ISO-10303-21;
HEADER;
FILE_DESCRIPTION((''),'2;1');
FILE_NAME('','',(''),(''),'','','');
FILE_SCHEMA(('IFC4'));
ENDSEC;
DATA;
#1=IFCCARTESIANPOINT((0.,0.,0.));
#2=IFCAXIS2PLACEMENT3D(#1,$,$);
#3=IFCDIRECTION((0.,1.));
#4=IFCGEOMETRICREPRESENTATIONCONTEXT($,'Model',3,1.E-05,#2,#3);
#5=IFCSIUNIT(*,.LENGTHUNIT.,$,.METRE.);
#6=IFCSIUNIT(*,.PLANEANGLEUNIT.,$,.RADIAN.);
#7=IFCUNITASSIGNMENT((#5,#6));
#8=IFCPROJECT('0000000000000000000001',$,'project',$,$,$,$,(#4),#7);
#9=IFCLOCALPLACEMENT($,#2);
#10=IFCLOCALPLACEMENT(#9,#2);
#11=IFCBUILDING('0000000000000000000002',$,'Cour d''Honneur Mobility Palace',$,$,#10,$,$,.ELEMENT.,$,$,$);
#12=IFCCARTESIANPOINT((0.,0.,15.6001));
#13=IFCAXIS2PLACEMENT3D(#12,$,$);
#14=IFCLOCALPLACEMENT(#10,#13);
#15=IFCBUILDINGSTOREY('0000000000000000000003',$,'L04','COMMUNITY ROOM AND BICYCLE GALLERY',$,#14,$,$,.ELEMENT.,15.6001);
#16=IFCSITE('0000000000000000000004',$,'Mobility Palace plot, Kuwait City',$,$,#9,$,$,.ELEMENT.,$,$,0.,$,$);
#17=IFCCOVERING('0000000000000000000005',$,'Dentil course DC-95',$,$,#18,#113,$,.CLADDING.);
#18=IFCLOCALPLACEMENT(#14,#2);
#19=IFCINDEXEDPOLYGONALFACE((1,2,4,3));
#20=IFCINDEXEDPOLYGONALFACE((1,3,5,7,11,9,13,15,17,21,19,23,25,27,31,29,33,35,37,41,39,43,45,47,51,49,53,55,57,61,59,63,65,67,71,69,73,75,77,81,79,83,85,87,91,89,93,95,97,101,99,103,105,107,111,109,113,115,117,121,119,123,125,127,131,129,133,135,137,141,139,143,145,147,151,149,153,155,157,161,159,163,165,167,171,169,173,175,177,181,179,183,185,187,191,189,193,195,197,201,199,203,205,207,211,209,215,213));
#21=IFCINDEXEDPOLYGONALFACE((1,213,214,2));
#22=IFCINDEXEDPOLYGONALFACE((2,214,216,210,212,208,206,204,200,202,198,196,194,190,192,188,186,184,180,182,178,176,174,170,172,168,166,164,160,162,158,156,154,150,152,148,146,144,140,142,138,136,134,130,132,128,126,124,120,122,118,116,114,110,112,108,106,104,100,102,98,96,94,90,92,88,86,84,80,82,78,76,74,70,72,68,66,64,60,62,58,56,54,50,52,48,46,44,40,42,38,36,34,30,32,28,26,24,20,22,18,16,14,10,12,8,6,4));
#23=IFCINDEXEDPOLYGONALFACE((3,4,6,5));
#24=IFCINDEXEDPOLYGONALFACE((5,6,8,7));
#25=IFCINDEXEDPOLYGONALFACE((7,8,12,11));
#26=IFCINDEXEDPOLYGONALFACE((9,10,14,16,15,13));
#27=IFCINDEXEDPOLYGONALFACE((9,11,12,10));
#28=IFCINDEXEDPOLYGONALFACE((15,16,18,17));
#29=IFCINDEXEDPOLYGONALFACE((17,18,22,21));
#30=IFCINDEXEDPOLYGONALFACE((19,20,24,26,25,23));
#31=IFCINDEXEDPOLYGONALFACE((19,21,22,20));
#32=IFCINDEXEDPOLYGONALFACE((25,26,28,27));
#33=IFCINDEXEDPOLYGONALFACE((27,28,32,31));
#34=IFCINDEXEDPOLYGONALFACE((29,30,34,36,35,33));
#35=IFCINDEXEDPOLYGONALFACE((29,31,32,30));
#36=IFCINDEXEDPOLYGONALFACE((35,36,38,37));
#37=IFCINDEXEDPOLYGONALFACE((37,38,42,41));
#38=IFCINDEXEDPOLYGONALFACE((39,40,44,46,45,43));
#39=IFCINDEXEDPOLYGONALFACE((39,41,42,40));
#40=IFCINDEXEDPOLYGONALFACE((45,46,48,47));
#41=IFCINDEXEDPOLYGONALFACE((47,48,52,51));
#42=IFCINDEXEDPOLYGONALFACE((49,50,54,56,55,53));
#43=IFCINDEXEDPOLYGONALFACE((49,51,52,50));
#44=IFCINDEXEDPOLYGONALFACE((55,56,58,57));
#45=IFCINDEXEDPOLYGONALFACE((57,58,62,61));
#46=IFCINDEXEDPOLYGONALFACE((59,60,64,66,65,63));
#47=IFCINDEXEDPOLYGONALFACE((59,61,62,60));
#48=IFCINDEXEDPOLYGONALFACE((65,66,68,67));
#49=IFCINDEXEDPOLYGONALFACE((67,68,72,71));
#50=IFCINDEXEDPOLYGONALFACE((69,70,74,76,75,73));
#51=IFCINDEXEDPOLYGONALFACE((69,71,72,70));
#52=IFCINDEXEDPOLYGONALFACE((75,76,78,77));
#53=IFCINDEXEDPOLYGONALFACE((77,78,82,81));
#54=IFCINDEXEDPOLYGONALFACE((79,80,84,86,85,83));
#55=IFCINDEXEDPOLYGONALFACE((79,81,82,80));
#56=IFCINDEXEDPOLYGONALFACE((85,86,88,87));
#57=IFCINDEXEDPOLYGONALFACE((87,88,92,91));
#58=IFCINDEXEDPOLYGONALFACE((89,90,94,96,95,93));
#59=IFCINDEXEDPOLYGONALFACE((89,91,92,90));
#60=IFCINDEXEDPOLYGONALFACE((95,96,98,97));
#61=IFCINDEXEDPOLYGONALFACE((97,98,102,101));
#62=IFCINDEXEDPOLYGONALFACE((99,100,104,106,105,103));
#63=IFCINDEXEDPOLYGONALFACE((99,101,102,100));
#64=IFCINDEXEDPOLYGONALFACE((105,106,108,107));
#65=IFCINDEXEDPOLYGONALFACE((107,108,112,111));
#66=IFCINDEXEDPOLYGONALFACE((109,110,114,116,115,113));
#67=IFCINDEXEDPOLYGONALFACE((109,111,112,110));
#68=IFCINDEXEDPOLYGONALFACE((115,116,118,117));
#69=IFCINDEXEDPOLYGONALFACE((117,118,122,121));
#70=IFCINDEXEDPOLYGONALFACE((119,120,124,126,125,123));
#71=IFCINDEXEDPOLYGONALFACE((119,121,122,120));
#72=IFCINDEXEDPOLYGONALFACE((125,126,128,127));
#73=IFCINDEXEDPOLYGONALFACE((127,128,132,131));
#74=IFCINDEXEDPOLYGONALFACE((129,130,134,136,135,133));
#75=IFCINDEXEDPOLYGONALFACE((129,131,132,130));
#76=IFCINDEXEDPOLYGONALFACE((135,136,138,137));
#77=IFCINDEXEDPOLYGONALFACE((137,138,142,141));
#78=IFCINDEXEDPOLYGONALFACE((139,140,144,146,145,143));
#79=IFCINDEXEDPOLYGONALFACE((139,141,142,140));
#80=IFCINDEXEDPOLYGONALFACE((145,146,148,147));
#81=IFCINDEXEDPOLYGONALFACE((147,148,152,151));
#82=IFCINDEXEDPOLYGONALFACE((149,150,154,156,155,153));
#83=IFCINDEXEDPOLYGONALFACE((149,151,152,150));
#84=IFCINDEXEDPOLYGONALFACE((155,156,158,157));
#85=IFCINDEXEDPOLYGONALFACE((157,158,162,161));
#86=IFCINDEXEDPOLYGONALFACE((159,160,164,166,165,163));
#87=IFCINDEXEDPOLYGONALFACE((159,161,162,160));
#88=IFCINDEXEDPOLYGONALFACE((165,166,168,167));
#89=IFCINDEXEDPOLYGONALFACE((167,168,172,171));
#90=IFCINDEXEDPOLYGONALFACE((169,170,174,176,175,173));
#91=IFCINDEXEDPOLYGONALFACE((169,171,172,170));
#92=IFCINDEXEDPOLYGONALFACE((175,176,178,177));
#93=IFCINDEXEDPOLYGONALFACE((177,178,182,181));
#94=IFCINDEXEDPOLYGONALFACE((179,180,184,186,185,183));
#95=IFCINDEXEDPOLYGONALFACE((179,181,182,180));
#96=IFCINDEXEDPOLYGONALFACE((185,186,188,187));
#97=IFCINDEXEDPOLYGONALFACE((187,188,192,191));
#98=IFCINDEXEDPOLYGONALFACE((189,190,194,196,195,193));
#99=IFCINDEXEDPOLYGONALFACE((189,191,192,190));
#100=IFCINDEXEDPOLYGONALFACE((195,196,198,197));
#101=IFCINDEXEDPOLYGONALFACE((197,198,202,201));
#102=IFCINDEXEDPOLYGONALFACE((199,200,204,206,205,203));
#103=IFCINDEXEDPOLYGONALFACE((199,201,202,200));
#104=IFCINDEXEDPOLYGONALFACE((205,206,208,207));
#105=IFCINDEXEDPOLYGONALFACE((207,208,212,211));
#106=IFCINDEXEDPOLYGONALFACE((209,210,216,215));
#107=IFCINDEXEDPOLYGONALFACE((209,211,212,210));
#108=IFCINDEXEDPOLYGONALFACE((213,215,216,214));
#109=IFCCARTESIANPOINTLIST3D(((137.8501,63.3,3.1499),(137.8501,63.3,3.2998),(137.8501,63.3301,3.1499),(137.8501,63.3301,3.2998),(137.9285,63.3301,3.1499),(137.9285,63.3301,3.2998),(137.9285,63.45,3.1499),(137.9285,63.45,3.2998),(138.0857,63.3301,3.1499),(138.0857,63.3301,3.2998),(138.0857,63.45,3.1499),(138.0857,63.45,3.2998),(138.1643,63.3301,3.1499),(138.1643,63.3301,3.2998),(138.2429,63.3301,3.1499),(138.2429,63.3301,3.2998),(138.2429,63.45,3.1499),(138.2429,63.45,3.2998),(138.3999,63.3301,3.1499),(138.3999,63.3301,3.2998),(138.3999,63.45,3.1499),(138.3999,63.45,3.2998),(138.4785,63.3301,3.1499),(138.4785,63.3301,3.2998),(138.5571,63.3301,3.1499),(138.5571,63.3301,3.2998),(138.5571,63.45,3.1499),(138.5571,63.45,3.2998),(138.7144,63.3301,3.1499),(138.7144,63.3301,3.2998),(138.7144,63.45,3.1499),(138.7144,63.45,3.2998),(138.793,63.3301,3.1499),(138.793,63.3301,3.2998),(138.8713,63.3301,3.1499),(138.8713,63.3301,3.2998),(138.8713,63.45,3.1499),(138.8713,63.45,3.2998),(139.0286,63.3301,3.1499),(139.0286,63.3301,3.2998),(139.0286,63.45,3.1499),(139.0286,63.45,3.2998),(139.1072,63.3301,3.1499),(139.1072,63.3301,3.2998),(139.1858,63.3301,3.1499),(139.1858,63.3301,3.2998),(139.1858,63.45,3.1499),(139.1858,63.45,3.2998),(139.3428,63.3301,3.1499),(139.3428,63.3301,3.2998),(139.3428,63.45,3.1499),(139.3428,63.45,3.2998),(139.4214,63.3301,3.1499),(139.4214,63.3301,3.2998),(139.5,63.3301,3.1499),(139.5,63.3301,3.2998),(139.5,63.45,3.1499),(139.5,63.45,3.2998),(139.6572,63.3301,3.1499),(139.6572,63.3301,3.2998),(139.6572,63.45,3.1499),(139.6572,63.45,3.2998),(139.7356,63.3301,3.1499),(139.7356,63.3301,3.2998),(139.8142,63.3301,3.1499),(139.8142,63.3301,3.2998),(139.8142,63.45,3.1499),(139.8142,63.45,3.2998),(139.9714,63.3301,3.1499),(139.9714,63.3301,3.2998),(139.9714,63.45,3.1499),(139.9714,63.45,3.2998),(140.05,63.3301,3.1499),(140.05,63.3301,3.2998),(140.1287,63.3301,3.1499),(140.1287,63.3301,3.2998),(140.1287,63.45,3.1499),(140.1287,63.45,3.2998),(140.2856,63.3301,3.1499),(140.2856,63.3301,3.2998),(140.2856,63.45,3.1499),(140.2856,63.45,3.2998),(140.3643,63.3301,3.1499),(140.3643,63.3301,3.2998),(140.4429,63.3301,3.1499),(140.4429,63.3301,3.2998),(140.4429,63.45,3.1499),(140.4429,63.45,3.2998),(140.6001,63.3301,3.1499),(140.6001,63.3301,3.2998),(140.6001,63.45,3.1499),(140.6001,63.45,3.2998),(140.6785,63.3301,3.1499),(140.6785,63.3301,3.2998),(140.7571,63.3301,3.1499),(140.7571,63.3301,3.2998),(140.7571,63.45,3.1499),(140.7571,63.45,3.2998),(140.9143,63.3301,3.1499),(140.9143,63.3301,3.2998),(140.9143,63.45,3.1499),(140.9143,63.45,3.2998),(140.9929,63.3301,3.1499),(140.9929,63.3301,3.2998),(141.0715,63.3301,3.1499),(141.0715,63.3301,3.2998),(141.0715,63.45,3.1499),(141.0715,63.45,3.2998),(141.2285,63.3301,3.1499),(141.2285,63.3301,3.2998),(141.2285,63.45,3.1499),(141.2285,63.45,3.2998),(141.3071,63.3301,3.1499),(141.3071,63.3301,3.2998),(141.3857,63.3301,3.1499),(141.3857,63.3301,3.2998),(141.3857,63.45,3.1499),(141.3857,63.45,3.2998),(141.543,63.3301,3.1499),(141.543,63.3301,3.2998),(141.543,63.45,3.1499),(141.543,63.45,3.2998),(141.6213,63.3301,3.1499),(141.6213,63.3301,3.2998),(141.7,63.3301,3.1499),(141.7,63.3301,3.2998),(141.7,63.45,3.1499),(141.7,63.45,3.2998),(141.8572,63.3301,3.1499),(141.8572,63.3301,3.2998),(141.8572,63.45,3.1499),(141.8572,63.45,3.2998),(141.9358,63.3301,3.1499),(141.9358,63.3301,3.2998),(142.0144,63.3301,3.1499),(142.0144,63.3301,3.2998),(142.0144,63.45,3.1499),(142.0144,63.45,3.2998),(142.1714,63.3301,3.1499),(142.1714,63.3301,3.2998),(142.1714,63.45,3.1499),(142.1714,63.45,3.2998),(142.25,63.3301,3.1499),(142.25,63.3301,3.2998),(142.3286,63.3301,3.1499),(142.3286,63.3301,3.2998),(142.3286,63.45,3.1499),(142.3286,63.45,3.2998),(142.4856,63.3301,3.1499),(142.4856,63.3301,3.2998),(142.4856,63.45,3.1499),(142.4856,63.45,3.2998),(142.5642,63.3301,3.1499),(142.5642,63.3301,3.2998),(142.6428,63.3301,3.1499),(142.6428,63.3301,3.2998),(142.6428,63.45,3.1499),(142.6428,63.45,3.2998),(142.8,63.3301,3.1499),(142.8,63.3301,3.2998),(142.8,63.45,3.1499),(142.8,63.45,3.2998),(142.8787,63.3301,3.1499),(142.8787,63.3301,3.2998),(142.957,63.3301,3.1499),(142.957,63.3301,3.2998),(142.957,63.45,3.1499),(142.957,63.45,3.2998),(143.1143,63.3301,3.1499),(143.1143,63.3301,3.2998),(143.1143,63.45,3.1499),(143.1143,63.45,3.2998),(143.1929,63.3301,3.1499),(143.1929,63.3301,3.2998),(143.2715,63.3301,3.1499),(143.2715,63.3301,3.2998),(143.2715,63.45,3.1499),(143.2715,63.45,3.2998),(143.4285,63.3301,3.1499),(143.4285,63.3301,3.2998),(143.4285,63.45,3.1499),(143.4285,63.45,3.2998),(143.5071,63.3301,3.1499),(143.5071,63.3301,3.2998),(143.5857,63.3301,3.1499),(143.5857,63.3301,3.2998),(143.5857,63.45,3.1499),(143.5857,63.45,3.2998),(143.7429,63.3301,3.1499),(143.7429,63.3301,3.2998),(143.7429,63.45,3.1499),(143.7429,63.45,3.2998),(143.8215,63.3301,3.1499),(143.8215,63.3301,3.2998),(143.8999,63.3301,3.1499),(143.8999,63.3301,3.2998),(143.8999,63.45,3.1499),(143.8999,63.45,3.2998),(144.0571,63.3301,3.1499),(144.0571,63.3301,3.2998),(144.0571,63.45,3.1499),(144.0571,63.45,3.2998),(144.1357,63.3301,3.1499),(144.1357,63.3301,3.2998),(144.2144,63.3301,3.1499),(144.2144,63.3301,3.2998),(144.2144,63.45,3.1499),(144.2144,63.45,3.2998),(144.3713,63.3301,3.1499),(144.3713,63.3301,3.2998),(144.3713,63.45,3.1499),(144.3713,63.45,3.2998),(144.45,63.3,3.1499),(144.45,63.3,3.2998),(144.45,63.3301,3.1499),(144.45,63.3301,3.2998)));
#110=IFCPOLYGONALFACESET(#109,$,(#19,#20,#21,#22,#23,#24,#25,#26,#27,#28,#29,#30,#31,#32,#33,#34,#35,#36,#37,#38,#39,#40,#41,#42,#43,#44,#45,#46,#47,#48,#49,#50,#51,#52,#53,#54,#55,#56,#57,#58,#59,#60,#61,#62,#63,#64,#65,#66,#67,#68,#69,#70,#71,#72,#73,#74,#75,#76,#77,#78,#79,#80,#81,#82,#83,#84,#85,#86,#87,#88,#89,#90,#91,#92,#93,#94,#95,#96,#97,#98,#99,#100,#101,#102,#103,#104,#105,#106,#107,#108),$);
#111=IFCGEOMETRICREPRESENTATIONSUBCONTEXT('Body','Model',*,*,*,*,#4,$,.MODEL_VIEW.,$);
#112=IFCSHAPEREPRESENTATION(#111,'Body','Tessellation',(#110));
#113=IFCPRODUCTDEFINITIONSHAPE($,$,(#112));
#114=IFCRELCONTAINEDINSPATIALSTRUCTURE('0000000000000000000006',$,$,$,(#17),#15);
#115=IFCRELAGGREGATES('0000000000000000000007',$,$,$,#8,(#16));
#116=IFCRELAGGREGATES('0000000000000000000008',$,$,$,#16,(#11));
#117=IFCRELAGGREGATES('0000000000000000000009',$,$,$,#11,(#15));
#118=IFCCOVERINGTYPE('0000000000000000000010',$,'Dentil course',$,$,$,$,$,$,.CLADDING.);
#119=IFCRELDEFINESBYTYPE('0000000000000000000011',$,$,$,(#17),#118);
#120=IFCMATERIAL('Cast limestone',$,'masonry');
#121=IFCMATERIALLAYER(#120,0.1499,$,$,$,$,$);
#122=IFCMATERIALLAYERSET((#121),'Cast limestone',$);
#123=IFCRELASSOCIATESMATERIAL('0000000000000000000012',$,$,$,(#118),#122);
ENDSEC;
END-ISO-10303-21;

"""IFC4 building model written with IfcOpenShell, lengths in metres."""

from ifc_helpers import new_model, si_unit, direction, frame, origin, place, context, subcontext, project, spatial, polyline, outline, extrude, material, layer, layer_set, type_object, element, save


model = new_model("IFC4")

# Units and contexts
model_context = context("Model", 3, precision=1e-05, world=origin(), true_north=direction((0.0, 1.0)))
body_context = subcontext(model_context, "Body", "Model", "MODEL_VIEW")
ifc_project = project(units=[si_unit("LENGTHUNIT", "METRE"), si_unit("PLANEANGLEUNIT", "RADIAN")], contexts=[model_context])

# Site, building, storey
site_placement = place(None, origin())
site = spatial("IfcSite", under=ifc_project, at=site_placement, Name="Mobility Palace plot, Kuwait City", CompositionType="ELEMENT", RefElevation=0.0)
building_placement = place(site_placement, origin())
building = spatial("IfcBuilding", under=site, at=building_placement, Name="Cour d'Honneur Mobility Palace", CompositionType="ELEMENT")
storey_placement = place(building_placement, frame((0.0, 0.0, 15.6001)))
storey = spatial("IfcBuildingStorey", under=building, at=storey_placement, Name="L04", Description="COMMUNITY ROOM AND BICYCLE GALLERY", CompositionType="ELEMENT", Elevation=15.6001)

# Covering
ifc_material = material(Name="Cast limestone", Category="masonry")
ifc_layer = layer(ifc_material, 0.1499)
ifc_layer_set = layer_set([ifc_layer], Name="Cast limestone")
covering_type = type_object("IfcCoveringType", Name="Dentil course", PredefinedType="CLADDING", material=ifc_layer_set)
covering_1_placement = place(storey_placement, frame((0.0, 0.0, 3.1499)))
element("IfcCovering", 1, at=covering_1_placement, inside=storey, type_object=covering_type, Name="Dentil course DC-95", PredefinedType="CLADDING", context=body_context, shape_type="SweptSolid", body=[
    extrude(outline(polyline([(144.45, 63.3), (137.8501, 63.3), (137.8501, 63.3301), (137.8501, 63.3301), (137.9285, 63.3301), (137.9285, 63.45), (138.0857, 63.45), (138.0857, 63.3301), (138.1643, 63.3301), (138.1643, 63.3301), (138.2429, 63.3301), (138.2429, 63.45), (138.3999, 63.45), (138.3999, 63.3301), (138.4785, 63.3301), (138.4785, 63.3301), (138.5571, 63.3301), (138.5571, 63.45), (138.7144, 63.45), (138.7144, 63.3301), (138.793, 63.3301), (138.793, 63.3301), (138.8713, 63.3301), (138.8713, 63.45), (139.0286, 63.45), (139.0286, 63.3301), (139.1072, 63.3301), (139.1072, 63.3301), (139.1858, 63.3301), (139.1858, 63.45), (139.3428, 63.45), (139.3428, 63.3301), (139.4214, 63.3301), (139.4214, 63.3301), (139.5, 63.3301), (139.5, 63.45), (139.6572, 63.45), (139.6572, 63.3301), (139.7356, 63.3301), (139.7356, 63.3301), (139.8142, 63.3301), (139.8142, 63.45), (139.9714, 63.45), (139.9714, 63.3301), (140.05, 63.3301), (140.05, 63.3301), (140.1287, 63.3301), (140.1287, 63.45), (140.2856, 63.45), (140.2856, 63.3301), (140.3643, 63.3301), (140.3643, 63.3301), (140.4429, 63.3301), (140.4429, 63.45), (140.6001, 63.45), (140.6001, 63.3301), (140.6785, 63.3301), (140.6785, 63.3301), (140.7571, 63.3301), (140.7571, 63.45), (140.9143, 63.45), (140.9143, 63.3301), (140.9929, 63.3301), (140.9929, 63.3301), (141.0715, 63.3301), (141.0715, 63.45), (141.2285, 63.45), (141.2285, 63.3301), (141.3071, 63.3301), (141.3071, 63.3301), (141.3857, 63.3301), (141.3857, 63.45), (141.543, 63.45), (141.543, 63.3301), (141.6213, 63.3301), (141.6213, 63.3301), (141.7, 63.3301), (141.7, 63.45), (141.8572, 63.45), (141.8572, 63.3301), (141.9358, 63.3301), (141.9358, 63.3301), (142.0144, 63.3301), (142.0144, 63.45), (142.1714, 63.45), (142.1714, 63.3301), (142.25, 63.3301), (142.25, 63.3301), (142.3286, 63.3301), (142.3286, 63.45), (142.4856, 63.45), (142.4856, 63.3301), (142.5642, 63.3301), (142.5642, 63.3301), (142.6428, 63.3301), (142.6428, 63.45), (142.8, 63.45), (142.8, 63.3301), (142.8787, 63.3301), (142.8787, 63.3301), (142.957, 63.3301), (142.957, 63.45), (143.1143, 63.45), (143.1143, 63.3301), (143.1929, 63.3301), (143.1929, 63.3301), (143.2715, 63.3301), (143.2715, 63.45), (143.4285, 63.45), (143.4285, 63.3301), (143.5071, 63.3301), (143.5071, 63.3301), (143.5857, 63.3301), (143.5857, 63.45), (143.7429, 63.45), (143.7429, 63.3301), (143.8215, 63.3301), (143.8215, 63.3301), (143.8999, 63.3301), (143.8999, 63.45), (144.0571, 63.45), (144.0571, 63.3301), (144.1357, 63.3301), (144.1357, 63.3301), (144.2144, 63.3301), (144.2144, 63.45), (144.3713, 63.45), (144.3713, 63.3301), (144.45, 63.3301), (144.45, 63.3)])), origin(), (0.0, 0.0, 1.0), 0.1499),
])

save(model, "model.ifc")
